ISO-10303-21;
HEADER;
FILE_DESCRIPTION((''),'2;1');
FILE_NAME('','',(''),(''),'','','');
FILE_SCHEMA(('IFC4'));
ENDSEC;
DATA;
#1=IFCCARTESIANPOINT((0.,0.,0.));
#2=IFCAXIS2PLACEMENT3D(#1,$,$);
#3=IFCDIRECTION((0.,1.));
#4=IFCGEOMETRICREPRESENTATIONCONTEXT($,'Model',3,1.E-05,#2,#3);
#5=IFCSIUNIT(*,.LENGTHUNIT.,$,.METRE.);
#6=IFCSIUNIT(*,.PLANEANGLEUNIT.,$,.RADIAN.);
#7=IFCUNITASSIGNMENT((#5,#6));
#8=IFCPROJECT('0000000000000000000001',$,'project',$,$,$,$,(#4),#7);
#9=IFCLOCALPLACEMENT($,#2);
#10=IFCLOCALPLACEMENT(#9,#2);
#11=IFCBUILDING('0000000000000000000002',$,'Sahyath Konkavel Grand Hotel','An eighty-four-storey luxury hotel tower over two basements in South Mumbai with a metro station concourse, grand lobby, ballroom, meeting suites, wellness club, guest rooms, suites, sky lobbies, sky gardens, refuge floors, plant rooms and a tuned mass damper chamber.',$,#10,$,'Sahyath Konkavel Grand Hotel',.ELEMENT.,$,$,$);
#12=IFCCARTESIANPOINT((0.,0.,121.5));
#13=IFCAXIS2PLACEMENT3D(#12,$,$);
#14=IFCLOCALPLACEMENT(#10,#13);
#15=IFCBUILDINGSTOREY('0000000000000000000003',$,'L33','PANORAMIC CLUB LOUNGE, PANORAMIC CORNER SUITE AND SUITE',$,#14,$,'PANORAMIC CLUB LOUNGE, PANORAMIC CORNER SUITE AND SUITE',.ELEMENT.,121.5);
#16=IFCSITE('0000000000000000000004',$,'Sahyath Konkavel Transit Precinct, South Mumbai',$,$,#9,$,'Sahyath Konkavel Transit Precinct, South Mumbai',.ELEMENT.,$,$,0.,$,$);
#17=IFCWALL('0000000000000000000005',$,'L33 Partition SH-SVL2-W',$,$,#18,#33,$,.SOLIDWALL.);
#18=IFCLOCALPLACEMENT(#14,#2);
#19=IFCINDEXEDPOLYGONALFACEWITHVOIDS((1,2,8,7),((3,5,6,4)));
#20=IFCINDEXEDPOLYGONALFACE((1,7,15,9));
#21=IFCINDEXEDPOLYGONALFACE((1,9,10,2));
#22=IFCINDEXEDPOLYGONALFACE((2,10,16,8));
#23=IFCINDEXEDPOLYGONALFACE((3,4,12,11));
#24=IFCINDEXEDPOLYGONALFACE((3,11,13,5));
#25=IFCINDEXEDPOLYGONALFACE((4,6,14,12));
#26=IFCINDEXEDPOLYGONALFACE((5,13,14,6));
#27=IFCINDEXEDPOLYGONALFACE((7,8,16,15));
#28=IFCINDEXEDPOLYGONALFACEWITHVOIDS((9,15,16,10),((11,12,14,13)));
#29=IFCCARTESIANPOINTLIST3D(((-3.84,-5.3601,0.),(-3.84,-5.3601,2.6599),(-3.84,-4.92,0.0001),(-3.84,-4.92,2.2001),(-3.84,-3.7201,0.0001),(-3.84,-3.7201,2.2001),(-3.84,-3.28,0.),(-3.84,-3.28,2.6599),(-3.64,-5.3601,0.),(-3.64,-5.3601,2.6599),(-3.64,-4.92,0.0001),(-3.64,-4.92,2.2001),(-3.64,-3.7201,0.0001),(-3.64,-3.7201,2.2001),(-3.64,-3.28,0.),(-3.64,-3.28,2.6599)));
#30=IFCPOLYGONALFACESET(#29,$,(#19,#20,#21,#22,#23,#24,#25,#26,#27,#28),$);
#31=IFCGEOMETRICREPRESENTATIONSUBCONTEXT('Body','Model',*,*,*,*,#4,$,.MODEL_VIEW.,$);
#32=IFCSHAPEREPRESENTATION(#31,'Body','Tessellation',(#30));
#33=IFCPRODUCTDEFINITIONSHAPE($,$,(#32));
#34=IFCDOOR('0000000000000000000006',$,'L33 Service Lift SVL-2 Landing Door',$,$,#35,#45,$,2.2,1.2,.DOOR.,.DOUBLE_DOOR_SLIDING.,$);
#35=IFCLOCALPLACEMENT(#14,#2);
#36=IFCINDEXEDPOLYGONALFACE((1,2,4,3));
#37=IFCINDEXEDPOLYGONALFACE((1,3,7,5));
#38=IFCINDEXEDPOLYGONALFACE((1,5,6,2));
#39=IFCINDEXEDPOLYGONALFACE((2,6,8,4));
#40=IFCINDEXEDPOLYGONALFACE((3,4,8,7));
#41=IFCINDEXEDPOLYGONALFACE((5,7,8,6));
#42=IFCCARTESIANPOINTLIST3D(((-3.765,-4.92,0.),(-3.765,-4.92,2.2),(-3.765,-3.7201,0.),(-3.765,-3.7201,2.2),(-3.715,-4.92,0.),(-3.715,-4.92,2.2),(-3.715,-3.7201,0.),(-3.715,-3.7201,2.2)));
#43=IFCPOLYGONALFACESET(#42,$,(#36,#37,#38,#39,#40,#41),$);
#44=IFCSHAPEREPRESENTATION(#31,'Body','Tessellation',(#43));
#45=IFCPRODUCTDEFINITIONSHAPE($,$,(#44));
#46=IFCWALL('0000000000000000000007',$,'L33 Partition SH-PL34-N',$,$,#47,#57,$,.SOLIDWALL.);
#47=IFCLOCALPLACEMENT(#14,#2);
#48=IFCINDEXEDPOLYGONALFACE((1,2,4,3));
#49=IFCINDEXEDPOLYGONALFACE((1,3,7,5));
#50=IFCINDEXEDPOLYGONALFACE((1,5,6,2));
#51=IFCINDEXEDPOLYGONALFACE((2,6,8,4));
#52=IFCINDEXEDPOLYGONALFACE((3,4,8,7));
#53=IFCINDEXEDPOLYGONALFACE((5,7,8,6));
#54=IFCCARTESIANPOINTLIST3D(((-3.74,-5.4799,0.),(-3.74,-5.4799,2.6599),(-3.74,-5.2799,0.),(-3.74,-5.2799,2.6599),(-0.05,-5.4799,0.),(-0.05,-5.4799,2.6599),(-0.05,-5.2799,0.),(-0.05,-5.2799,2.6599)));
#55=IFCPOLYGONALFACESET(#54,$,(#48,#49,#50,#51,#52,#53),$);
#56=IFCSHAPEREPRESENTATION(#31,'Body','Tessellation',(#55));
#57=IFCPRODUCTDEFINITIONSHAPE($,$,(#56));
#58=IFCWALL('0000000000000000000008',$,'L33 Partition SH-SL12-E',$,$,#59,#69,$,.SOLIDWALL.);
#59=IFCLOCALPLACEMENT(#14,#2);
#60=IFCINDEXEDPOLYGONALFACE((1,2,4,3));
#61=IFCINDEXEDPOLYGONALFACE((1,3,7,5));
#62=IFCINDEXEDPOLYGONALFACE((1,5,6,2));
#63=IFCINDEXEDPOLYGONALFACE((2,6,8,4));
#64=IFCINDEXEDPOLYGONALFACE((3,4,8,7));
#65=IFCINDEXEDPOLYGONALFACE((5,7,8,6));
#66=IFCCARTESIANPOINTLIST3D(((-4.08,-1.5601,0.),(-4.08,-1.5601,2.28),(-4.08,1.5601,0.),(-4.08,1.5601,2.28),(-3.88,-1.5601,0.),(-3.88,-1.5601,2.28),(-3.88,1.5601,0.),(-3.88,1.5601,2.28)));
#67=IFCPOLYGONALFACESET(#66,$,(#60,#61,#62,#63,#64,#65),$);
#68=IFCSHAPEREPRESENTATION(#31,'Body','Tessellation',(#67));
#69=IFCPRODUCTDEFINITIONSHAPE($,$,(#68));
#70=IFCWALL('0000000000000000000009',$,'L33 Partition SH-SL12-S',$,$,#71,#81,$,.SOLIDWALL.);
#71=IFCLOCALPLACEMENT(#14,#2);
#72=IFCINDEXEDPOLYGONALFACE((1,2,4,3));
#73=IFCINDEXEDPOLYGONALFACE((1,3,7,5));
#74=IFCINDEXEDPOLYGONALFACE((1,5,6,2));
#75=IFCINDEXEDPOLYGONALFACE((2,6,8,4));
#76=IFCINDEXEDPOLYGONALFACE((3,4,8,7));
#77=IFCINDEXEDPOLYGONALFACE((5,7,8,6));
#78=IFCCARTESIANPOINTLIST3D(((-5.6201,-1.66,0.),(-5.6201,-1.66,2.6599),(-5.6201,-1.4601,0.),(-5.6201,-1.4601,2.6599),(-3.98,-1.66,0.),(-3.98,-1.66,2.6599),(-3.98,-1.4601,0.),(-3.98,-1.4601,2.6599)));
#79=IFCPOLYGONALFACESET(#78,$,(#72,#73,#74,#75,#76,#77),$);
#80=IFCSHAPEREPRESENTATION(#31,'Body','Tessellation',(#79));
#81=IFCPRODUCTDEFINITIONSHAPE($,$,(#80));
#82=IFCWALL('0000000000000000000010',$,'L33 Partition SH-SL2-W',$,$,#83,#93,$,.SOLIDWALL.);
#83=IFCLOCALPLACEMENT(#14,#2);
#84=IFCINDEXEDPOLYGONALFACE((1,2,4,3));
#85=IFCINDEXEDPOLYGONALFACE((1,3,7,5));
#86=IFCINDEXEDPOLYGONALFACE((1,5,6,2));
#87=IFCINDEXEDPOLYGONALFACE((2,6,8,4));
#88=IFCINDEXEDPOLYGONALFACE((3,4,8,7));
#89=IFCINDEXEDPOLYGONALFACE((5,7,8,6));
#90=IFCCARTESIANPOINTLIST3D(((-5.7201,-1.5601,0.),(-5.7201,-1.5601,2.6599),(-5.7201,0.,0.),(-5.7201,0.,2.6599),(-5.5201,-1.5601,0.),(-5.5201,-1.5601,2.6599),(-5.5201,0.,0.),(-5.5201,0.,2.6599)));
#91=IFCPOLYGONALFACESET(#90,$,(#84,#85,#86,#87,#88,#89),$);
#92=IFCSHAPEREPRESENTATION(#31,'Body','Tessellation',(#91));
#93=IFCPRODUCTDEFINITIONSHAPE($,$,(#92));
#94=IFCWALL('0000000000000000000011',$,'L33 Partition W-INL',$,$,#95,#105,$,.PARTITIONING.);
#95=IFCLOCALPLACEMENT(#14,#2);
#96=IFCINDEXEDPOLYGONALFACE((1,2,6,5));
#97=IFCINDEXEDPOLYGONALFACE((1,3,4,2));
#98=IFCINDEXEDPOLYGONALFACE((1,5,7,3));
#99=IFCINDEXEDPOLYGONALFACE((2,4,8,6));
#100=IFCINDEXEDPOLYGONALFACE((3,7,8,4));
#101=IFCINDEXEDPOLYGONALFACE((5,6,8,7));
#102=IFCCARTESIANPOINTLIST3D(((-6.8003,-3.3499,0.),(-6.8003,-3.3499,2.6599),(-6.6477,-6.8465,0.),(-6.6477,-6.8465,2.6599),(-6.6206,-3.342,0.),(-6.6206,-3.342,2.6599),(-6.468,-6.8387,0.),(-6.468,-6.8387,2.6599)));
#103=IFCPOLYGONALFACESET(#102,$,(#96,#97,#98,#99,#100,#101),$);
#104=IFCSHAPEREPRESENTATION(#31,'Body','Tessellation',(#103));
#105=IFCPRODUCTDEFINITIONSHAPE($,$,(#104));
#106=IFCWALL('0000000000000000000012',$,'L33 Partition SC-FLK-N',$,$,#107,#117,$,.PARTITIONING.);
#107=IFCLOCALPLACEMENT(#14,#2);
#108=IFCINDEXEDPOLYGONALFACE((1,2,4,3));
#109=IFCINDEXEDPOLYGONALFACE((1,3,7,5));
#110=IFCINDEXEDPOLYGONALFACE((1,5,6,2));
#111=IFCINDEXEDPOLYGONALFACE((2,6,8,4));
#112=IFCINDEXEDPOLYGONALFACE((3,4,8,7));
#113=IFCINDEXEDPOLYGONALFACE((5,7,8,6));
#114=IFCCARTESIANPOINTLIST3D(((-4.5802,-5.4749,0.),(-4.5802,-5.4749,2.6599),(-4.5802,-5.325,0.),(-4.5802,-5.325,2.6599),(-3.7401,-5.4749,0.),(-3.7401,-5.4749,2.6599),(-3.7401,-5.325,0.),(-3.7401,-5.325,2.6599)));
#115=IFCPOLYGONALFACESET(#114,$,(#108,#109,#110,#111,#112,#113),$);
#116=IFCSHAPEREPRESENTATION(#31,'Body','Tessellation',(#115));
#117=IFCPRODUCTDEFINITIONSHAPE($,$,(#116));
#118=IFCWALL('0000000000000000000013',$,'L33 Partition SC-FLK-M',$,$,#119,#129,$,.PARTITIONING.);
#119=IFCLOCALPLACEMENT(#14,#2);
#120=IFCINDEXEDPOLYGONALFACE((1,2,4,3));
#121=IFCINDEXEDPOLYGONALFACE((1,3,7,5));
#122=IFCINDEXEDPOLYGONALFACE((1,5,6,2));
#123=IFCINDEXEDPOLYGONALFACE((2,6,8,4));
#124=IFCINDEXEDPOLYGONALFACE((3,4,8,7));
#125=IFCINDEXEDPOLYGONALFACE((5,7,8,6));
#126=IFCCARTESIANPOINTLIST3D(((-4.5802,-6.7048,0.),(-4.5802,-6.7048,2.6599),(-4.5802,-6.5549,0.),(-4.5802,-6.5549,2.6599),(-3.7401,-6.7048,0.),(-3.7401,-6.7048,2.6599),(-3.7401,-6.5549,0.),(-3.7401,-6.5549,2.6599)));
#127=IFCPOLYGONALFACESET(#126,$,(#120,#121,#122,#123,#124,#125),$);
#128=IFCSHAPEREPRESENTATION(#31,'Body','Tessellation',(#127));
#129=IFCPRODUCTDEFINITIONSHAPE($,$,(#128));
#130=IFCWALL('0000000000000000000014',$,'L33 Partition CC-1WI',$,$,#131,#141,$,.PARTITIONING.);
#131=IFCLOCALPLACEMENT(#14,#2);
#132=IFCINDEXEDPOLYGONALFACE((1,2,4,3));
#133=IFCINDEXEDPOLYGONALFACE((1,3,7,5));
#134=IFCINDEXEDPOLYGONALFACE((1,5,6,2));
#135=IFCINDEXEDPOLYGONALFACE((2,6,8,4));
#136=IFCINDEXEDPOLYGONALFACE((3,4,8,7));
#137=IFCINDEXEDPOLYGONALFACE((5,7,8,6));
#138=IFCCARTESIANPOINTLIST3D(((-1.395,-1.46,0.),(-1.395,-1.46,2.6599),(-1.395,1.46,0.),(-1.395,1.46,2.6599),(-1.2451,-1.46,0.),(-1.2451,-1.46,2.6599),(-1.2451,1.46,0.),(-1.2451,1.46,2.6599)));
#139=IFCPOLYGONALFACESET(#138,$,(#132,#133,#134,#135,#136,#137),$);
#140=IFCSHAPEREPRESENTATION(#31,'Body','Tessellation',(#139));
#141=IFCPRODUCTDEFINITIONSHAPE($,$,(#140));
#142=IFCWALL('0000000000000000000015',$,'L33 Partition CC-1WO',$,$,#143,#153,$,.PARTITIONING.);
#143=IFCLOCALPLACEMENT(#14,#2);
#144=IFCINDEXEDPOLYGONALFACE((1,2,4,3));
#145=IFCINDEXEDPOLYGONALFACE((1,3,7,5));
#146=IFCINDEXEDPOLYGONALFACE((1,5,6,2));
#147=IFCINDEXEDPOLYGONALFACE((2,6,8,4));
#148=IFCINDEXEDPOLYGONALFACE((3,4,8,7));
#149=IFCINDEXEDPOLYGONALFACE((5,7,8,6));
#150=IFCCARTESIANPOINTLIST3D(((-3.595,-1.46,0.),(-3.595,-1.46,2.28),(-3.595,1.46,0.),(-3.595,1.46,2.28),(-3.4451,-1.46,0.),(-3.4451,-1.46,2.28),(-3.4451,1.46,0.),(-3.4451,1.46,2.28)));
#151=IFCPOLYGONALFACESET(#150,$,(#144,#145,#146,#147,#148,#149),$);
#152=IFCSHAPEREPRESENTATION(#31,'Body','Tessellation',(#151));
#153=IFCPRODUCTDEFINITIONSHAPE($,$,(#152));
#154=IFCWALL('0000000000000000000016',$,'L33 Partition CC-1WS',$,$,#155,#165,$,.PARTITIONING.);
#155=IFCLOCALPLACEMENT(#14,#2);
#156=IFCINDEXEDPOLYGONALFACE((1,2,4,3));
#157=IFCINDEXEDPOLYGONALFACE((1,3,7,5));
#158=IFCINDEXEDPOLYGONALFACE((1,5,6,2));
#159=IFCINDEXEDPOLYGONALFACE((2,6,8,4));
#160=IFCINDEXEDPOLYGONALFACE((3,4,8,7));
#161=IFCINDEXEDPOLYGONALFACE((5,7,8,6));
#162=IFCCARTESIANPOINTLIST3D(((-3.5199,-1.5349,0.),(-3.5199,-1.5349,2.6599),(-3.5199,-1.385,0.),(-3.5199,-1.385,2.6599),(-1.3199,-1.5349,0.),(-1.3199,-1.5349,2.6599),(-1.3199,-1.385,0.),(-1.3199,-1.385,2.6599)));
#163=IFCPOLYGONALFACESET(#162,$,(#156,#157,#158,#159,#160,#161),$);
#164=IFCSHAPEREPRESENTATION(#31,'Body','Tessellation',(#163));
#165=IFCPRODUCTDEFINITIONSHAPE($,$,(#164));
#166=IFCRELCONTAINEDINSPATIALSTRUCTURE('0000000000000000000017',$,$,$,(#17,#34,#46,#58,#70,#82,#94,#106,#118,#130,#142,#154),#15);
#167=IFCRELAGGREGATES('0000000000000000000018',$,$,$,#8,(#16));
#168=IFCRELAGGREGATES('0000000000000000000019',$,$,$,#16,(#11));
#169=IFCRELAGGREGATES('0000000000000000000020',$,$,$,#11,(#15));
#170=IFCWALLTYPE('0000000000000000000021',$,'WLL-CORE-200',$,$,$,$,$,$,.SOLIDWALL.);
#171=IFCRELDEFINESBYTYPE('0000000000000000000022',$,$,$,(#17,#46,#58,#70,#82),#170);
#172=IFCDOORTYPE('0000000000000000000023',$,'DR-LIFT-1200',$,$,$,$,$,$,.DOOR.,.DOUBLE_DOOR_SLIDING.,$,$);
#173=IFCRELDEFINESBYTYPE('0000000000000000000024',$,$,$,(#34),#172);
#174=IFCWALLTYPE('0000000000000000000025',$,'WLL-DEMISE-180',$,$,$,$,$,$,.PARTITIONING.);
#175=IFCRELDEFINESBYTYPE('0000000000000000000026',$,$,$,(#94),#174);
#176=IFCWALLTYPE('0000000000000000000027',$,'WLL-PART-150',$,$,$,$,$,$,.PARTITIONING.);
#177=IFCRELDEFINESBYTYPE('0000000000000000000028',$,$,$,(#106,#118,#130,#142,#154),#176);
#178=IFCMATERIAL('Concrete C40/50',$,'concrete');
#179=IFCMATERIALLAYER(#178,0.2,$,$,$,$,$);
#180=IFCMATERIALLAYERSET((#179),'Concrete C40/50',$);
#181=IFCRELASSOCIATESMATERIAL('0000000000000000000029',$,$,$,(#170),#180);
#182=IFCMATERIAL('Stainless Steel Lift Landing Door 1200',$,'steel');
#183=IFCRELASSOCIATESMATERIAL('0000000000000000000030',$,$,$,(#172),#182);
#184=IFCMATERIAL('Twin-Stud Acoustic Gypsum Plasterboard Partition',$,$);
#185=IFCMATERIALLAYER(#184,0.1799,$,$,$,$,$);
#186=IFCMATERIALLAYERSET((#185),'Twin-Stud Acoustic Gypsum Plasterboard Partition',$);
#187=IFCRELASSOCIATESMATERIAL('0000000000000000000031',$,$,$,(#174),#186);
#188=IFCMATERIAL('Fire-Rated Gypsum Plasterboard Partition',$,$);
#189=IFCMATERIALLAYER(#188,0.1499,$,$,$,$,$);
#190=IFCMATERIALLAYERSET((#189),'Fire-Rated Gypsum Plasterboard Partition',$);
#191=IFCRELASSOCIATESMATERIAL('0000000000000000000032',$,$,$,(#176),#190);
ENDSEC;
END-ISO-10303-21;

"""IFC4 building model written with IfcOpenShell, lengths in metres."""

from ifc_helpers import new_model, si_unit, direction, frame, frame_2d, origin, origin_2d, place, context, subcontext, project, spatial, rectangle, extrude, source, transform, mapped, material, layer, layer_set, type_object, element, fill, save


model = new_model("IFC4")

# Units and contexts
model_context = context("Model", 3, precision=1e-05, world=origin(), true_north=direction((0.0, 1.0)))
body_context = subcontext(model_context, "Body", "Model", "MODEL_VIEW")
ifc_project = project(units=[si_unit("LENGTHUNIT", "METRE"), si_unit("PLANEANGLEUNIT", "RADIAN")], contexts=[model_context])

# Site, building, storey
site_placement = place(None, origin())
site = spatial("IfcSite", under=ifc_project, at=site_placement, Name="Sahyath Konkavel Transit Precinct, South Mumbai", LongName="Sahyath Konkavel Transit Precinct, South Mumbai", CompositionType="ELEMENT", RefElevation=0.0)
building_placement = place(site_placement, origin())
building = spatial("IfcBuilding", under=site, at=building_placement, Name="Sahyath Konkavel Grand Hotel", Description="An eighty-four-storey luxury hotel tower over two basements in South Mumbai with a metro station concourse, grand lobby, ballroom, meeting suites, wellness club, guest rooms, suites, sky lobbies, sky gardens, refuge floors, plant rooms and a tuned mass damper chamber.", LongName="Sahyath Konkavel Grand Hotel", CompositionType="ELEMENT")
storey_placement = place(building_placement, frame((0.0, 0.0, 121.5)))
storey = spatial("IfcBuildingStorey", under=building, at=storey_placement, Name="L33", Description="PANORAMIC CLUB LOUNGE, PANORAMIC CORNER SUITE AND SUITE", LongName="PANORAMIC CLUB LOUNGE, PANORAMIC CORNER SUITE AND SUITE", CompositionType="ELEMENT", Elevation=121.5)

# Shared definitions
ifc_material_1 = material(Name="Concrete C40/50", Category="concrete")
ifc_layer_1 = layer(ifc_material_1, 0.2)
ifc_layer_set_1 = layer_set([ifc_layer_1], Name="Concrete C40/50")
wall_type_1 = type_object("IfcWallType", Name="WLL-CORE-200", PredefinedType="SOLIDWALL", material=ifc_layer_set_1)

# Wall, opening, door
wall_1_placement = place(storey_placement, frame((-3.74, -5.3601, 0.0), z_axis=(0.0, 0.0, 1.0), x_axis=(0.0, 1.0, 0.0)))
wall_1 = element("IfcWall", 1, at=wall_1_placement, inside=storey, type_object=wall_type_1, Name="L33 Partition SH-SVL2-W", PredefinedType="SOLIDWALL", context=body_context, shape_type="SweptSolid", body=[
    extrude(rectangle(XDim=2.0801, YDim=0.2, at=frame_2d((1.04, 0.0))), origin(), (0.0, 0.0, 1.0), 2.6599),
])
opening_1_placement = place(wall_1_placement, frame((0.4399, 0.0, 0.0)))
opening_1 = element("IfcOpeningElement", 2, at=opening_1_placement, cuts=wall_1, PredefinedType="OPENING", context=body_context, shape_type="SweptSolid", body=[
    extrude(rectangle(XDim=1.2, YDim=2.2, at=frame_2d((0.6001, 1.1001))), frame((0.0, 0.1099, 0.0), z_axis=(0.0, -1.0, 0.0), x_axis=(1.0, 0.0, 0.0)), (0.0, 0.0, 1.0), 0.22),
])
ifc_material_2 = material(Name="Stainless Steel Lift Landing Door 1200", Category="steel")
door_type_1 = type_object("IfcDoorType", Name="DR-LIFT-1200", OperationType="DOUBLE_DOOR_SLIDING", PredefinedType="DOOR", material=ifc_material_2)
shared_shape_1 = source(origin(), body_context, "Body", "SweptSolid", [
    extrude(rectangle(XDim=1.2, YDim=0.05, at=origin_2d()), origin(), (0.0, 0.0, 1.0), 2.2),
])
door_1_placement = place(opening_1_placement, frame((0.6001, 0.0, 0.0)))
door_1 = element("IfcDoor", 3, at=door_1_placement, inside=storey, type_object=door_type_1, Name="L33 Service Lift SVL-2 Landing Door", OperationType="DOUBLE_DOOR_SLIDING", OverallHeight=2.2, OverallWidth=1.2, PredefinedType="DOOR", context=body_context, shape_type="MappedRepresentation", body=[
    mapped(shared_shape_1, transform((0.0, 0.0, 0.0), scale=1.0)),
])
fill(opening_1, door_1)

# Walls
wall_2_placement = place(storey_placement, frame((-3.74, -5.3799, 0.0), z_axis=(0.0, 0.0, 1.0), x_axis=(1.0, 0.0, 0.0)))
element("IfcWall", 4, at=wall_2_placement, inside=storey, type_object=wall_type_1, Name="L33 Partition SH-PL34-N", PredefinedType="SOLIDWALL", context=body_context, shape_type="SweptSolid", body=[
    extrude(rectangle(XDim=3.6899, YDim=0.2, at=frame_2d((1.845, 0.0))), origin(), (0.0, 0.0, 1.0), 2.6599),
])
wall_3_placement = place(storey_placement, frame((-3.98, -1.5601, 0.0), z_axis=(0.0, 0.0, 1.0), x_axis=(0.0, 1.0, 0.0)))
element("IfcWall", 5, at=wall_3_placement, inside=storey, type_object=wall_type_1, Name="L33 Partition SH-SL12-E", PredefinedType="SOLIDWALL", context=body_context, shape_type="SweptSolid", body=[
    extrude(rectangle(XDim=3.1201, YDim=0.2, at=frame_2d((1.5601, 0.0))), origin(), (0.0, 0.0, 1.0), 2.28),
])
wall_4_placement = place(storey_placement, frame((-5.6201, -1.5601, 0.0), z_axis=(0.0, 0.0, 1.0), x_axis=(1.0, 0.0, 0.0)))
element("IfcWall", 6, at=wall_4_placement, inside=storey, type_object=wall_type_1, Name="L33 Partition SH-SL12-S", PredefinedType="SOLIDWALL", context=body_context, shape_type="SweptSolid", body=[
    extrude(rectangle(XDim=1.6401, YDim=0.2, at=frame_2d((0.8201, 0.0))), origin(), (0.0, 0.0, 1.0), 2.6599),
])
wall_5_placement = place(storey_placement, frame((-5.6201, -1.5601, 0.0), z_axis=(0.0, 0.0, 1.0), x_axis=(0.0, 1.0, 0.0)))
element("IfcWall", 7, at=wall_5_placement, inside=storey, type_object=wall_type_1, Name="L33 Partition SH-SL2-W", PredefinedType="SOLIDWALL", context=body_context, shape_type="SweptSolid", body=[
    extrude(rectangle(XDim=1.5601, YDim=0.2, at=frame_2d((0.78, 0.0))), origin(), (0.0, 0.0, 1.0), 2.6599),
])
ifc_material_3 = material(Name="Twin-Stud Acoustic Gypsum Plasterboard Partition")
ifc_layer_2 = layer(ifc_material_3, 0.1799)
ifc_layer_set_2 = layer_set([ifc_layer_2], Name="Twin-Stud Acoustic Gypsum Plasterboard Partition")
wall_type_2 = type_object("IfcWallType", Name="WLL-DEMISE-180", PredefinedType="PARTITIONING", material=ifc_layer_set_2)
wall_6_placement = place(storey_placement, frame((-6.7104, -3.3459, 0.0), z_axis=(0.0, 0.0, 1.0), x_axis=(0.043598, -0.999049, 0.0)))
element("IfcWall", 8, at=wall_6_placement, inside=storey, type_object=wall_type_2, Name="L33 Partition W-INL", PredefinedType="PARTITIONING", context=body_context, shape_type="SweptSolid", body=[
    extrude(rectangle(XDim=3.5, YDim=0.1799, at=frame_2d((1.75, 0.0))), origin(), (0.0, 0.0, 1.0), 2.6599),
])
ifc_material_4 = material(Name="Fire-Rated Gypsum Plasterboard Partition")
ifc_layer_3 = layer(ifc_material_4, 0.1499)
ifc_layer_set_3 = layer_set([ifc_layer_3], Name="Fire-Rated Gypsum Plasterboard Partition")
wall_type_3 = type_object("IfcWallType", Name="WLL-PART-150", PredefinedType="PARTITIONING", material=ifc_layer_set_3)
for number, where, z_axis, x_axis, name in (
    (9, (-4.5801, -5.3999, 0.0), (0.0, 0.0, 1.0), (1.0, 0.0, 0.0), "L33 Partition SC-FLK-N"),
    (10, (-4.5801, -6.6299, 0.0), (0.0, 0.0, 1.0), (1.0, 0.0, 0.0), "L33 Partition SC-FLK-M"),
):
    element("IfcWall", number, at=place(storey_placement, frame(where, z_axis=z_axis, x_axis=x_axis)), inside=storey, type_object=wall_type_3, Name=name, PredefinedType="PARTITIONING", context=body_context, shape_type="SweptSolid", body=[
        extrude(rectangle(XDim=0.8401, YDim=0.1499, at=frame_2d((0.4199, 0.0))), origin(), (0.0, 0.0, 1.0), 2.6599),
    ])
wall_7_placement = place(storey_placement, frame((-1.3201, -1.46, 0.0), z_axis=(0.0, 0.0, 1.0), x_axis=(0.0, 1.0, 0.0)))
element("IfcWall", 11, at=wall_7_placement, inside=storey, type_object=wall_type_3, Name="L33 Partition CC-1WI", PredefinedType="PARTITIONING", context=body_context, shape_type="SweptSolid", body=[
    extrude(rectangle(XDim=2.9199, YDim=0.1499, at=frame_2d((1.46, 0.0))), origin(), (0.0, 0.0, 1.0), 2.6599),
])
wall_8_placement = place(storey_placement, frame((-3.52, -1.46, 0.0), z_axis=(0.0, 0.0, 1.0), x_axis=(0.0, 1.0, 0.0)))
element("IfcWall", 12, at=wall_8_placement, inside=storey, type_object=wall_type_3, Name="L33 Partition CC-1WO", PredefinedType="PARTITIONING", context=body_context, shape_type="SweptSolid", body=[
    extrude(rectangle(XDim=2.9199, YDim=0.1499, at=frame_2d((1.46, 0.0))), origin(), (0.0, 0.0, 1.0), 2.28),
])
wall_9_placement = place(storey_placement, frame((-3.52, -1.46, 0.0), z_axis=(0.0, 0.0, 1.0), x_axis=(1.0, 0.0, 0.0)))
element("IfcWall", 13, at=wall_9_placement, inside=storey, type_object=wall_type_3, Name="L33 Partition CC-1WS", PredefinedType="PARTITIONING", context=body_context, shape_type="SweptSolid", body=[
    extrude(rectangle(XDim=2.2, YDim=0.1499, at=frame_2d((1.1001, 0.0))), origin(), (0.0, 0.0, 1.0), 2.6599),
])

save(model, "model.ifc")
